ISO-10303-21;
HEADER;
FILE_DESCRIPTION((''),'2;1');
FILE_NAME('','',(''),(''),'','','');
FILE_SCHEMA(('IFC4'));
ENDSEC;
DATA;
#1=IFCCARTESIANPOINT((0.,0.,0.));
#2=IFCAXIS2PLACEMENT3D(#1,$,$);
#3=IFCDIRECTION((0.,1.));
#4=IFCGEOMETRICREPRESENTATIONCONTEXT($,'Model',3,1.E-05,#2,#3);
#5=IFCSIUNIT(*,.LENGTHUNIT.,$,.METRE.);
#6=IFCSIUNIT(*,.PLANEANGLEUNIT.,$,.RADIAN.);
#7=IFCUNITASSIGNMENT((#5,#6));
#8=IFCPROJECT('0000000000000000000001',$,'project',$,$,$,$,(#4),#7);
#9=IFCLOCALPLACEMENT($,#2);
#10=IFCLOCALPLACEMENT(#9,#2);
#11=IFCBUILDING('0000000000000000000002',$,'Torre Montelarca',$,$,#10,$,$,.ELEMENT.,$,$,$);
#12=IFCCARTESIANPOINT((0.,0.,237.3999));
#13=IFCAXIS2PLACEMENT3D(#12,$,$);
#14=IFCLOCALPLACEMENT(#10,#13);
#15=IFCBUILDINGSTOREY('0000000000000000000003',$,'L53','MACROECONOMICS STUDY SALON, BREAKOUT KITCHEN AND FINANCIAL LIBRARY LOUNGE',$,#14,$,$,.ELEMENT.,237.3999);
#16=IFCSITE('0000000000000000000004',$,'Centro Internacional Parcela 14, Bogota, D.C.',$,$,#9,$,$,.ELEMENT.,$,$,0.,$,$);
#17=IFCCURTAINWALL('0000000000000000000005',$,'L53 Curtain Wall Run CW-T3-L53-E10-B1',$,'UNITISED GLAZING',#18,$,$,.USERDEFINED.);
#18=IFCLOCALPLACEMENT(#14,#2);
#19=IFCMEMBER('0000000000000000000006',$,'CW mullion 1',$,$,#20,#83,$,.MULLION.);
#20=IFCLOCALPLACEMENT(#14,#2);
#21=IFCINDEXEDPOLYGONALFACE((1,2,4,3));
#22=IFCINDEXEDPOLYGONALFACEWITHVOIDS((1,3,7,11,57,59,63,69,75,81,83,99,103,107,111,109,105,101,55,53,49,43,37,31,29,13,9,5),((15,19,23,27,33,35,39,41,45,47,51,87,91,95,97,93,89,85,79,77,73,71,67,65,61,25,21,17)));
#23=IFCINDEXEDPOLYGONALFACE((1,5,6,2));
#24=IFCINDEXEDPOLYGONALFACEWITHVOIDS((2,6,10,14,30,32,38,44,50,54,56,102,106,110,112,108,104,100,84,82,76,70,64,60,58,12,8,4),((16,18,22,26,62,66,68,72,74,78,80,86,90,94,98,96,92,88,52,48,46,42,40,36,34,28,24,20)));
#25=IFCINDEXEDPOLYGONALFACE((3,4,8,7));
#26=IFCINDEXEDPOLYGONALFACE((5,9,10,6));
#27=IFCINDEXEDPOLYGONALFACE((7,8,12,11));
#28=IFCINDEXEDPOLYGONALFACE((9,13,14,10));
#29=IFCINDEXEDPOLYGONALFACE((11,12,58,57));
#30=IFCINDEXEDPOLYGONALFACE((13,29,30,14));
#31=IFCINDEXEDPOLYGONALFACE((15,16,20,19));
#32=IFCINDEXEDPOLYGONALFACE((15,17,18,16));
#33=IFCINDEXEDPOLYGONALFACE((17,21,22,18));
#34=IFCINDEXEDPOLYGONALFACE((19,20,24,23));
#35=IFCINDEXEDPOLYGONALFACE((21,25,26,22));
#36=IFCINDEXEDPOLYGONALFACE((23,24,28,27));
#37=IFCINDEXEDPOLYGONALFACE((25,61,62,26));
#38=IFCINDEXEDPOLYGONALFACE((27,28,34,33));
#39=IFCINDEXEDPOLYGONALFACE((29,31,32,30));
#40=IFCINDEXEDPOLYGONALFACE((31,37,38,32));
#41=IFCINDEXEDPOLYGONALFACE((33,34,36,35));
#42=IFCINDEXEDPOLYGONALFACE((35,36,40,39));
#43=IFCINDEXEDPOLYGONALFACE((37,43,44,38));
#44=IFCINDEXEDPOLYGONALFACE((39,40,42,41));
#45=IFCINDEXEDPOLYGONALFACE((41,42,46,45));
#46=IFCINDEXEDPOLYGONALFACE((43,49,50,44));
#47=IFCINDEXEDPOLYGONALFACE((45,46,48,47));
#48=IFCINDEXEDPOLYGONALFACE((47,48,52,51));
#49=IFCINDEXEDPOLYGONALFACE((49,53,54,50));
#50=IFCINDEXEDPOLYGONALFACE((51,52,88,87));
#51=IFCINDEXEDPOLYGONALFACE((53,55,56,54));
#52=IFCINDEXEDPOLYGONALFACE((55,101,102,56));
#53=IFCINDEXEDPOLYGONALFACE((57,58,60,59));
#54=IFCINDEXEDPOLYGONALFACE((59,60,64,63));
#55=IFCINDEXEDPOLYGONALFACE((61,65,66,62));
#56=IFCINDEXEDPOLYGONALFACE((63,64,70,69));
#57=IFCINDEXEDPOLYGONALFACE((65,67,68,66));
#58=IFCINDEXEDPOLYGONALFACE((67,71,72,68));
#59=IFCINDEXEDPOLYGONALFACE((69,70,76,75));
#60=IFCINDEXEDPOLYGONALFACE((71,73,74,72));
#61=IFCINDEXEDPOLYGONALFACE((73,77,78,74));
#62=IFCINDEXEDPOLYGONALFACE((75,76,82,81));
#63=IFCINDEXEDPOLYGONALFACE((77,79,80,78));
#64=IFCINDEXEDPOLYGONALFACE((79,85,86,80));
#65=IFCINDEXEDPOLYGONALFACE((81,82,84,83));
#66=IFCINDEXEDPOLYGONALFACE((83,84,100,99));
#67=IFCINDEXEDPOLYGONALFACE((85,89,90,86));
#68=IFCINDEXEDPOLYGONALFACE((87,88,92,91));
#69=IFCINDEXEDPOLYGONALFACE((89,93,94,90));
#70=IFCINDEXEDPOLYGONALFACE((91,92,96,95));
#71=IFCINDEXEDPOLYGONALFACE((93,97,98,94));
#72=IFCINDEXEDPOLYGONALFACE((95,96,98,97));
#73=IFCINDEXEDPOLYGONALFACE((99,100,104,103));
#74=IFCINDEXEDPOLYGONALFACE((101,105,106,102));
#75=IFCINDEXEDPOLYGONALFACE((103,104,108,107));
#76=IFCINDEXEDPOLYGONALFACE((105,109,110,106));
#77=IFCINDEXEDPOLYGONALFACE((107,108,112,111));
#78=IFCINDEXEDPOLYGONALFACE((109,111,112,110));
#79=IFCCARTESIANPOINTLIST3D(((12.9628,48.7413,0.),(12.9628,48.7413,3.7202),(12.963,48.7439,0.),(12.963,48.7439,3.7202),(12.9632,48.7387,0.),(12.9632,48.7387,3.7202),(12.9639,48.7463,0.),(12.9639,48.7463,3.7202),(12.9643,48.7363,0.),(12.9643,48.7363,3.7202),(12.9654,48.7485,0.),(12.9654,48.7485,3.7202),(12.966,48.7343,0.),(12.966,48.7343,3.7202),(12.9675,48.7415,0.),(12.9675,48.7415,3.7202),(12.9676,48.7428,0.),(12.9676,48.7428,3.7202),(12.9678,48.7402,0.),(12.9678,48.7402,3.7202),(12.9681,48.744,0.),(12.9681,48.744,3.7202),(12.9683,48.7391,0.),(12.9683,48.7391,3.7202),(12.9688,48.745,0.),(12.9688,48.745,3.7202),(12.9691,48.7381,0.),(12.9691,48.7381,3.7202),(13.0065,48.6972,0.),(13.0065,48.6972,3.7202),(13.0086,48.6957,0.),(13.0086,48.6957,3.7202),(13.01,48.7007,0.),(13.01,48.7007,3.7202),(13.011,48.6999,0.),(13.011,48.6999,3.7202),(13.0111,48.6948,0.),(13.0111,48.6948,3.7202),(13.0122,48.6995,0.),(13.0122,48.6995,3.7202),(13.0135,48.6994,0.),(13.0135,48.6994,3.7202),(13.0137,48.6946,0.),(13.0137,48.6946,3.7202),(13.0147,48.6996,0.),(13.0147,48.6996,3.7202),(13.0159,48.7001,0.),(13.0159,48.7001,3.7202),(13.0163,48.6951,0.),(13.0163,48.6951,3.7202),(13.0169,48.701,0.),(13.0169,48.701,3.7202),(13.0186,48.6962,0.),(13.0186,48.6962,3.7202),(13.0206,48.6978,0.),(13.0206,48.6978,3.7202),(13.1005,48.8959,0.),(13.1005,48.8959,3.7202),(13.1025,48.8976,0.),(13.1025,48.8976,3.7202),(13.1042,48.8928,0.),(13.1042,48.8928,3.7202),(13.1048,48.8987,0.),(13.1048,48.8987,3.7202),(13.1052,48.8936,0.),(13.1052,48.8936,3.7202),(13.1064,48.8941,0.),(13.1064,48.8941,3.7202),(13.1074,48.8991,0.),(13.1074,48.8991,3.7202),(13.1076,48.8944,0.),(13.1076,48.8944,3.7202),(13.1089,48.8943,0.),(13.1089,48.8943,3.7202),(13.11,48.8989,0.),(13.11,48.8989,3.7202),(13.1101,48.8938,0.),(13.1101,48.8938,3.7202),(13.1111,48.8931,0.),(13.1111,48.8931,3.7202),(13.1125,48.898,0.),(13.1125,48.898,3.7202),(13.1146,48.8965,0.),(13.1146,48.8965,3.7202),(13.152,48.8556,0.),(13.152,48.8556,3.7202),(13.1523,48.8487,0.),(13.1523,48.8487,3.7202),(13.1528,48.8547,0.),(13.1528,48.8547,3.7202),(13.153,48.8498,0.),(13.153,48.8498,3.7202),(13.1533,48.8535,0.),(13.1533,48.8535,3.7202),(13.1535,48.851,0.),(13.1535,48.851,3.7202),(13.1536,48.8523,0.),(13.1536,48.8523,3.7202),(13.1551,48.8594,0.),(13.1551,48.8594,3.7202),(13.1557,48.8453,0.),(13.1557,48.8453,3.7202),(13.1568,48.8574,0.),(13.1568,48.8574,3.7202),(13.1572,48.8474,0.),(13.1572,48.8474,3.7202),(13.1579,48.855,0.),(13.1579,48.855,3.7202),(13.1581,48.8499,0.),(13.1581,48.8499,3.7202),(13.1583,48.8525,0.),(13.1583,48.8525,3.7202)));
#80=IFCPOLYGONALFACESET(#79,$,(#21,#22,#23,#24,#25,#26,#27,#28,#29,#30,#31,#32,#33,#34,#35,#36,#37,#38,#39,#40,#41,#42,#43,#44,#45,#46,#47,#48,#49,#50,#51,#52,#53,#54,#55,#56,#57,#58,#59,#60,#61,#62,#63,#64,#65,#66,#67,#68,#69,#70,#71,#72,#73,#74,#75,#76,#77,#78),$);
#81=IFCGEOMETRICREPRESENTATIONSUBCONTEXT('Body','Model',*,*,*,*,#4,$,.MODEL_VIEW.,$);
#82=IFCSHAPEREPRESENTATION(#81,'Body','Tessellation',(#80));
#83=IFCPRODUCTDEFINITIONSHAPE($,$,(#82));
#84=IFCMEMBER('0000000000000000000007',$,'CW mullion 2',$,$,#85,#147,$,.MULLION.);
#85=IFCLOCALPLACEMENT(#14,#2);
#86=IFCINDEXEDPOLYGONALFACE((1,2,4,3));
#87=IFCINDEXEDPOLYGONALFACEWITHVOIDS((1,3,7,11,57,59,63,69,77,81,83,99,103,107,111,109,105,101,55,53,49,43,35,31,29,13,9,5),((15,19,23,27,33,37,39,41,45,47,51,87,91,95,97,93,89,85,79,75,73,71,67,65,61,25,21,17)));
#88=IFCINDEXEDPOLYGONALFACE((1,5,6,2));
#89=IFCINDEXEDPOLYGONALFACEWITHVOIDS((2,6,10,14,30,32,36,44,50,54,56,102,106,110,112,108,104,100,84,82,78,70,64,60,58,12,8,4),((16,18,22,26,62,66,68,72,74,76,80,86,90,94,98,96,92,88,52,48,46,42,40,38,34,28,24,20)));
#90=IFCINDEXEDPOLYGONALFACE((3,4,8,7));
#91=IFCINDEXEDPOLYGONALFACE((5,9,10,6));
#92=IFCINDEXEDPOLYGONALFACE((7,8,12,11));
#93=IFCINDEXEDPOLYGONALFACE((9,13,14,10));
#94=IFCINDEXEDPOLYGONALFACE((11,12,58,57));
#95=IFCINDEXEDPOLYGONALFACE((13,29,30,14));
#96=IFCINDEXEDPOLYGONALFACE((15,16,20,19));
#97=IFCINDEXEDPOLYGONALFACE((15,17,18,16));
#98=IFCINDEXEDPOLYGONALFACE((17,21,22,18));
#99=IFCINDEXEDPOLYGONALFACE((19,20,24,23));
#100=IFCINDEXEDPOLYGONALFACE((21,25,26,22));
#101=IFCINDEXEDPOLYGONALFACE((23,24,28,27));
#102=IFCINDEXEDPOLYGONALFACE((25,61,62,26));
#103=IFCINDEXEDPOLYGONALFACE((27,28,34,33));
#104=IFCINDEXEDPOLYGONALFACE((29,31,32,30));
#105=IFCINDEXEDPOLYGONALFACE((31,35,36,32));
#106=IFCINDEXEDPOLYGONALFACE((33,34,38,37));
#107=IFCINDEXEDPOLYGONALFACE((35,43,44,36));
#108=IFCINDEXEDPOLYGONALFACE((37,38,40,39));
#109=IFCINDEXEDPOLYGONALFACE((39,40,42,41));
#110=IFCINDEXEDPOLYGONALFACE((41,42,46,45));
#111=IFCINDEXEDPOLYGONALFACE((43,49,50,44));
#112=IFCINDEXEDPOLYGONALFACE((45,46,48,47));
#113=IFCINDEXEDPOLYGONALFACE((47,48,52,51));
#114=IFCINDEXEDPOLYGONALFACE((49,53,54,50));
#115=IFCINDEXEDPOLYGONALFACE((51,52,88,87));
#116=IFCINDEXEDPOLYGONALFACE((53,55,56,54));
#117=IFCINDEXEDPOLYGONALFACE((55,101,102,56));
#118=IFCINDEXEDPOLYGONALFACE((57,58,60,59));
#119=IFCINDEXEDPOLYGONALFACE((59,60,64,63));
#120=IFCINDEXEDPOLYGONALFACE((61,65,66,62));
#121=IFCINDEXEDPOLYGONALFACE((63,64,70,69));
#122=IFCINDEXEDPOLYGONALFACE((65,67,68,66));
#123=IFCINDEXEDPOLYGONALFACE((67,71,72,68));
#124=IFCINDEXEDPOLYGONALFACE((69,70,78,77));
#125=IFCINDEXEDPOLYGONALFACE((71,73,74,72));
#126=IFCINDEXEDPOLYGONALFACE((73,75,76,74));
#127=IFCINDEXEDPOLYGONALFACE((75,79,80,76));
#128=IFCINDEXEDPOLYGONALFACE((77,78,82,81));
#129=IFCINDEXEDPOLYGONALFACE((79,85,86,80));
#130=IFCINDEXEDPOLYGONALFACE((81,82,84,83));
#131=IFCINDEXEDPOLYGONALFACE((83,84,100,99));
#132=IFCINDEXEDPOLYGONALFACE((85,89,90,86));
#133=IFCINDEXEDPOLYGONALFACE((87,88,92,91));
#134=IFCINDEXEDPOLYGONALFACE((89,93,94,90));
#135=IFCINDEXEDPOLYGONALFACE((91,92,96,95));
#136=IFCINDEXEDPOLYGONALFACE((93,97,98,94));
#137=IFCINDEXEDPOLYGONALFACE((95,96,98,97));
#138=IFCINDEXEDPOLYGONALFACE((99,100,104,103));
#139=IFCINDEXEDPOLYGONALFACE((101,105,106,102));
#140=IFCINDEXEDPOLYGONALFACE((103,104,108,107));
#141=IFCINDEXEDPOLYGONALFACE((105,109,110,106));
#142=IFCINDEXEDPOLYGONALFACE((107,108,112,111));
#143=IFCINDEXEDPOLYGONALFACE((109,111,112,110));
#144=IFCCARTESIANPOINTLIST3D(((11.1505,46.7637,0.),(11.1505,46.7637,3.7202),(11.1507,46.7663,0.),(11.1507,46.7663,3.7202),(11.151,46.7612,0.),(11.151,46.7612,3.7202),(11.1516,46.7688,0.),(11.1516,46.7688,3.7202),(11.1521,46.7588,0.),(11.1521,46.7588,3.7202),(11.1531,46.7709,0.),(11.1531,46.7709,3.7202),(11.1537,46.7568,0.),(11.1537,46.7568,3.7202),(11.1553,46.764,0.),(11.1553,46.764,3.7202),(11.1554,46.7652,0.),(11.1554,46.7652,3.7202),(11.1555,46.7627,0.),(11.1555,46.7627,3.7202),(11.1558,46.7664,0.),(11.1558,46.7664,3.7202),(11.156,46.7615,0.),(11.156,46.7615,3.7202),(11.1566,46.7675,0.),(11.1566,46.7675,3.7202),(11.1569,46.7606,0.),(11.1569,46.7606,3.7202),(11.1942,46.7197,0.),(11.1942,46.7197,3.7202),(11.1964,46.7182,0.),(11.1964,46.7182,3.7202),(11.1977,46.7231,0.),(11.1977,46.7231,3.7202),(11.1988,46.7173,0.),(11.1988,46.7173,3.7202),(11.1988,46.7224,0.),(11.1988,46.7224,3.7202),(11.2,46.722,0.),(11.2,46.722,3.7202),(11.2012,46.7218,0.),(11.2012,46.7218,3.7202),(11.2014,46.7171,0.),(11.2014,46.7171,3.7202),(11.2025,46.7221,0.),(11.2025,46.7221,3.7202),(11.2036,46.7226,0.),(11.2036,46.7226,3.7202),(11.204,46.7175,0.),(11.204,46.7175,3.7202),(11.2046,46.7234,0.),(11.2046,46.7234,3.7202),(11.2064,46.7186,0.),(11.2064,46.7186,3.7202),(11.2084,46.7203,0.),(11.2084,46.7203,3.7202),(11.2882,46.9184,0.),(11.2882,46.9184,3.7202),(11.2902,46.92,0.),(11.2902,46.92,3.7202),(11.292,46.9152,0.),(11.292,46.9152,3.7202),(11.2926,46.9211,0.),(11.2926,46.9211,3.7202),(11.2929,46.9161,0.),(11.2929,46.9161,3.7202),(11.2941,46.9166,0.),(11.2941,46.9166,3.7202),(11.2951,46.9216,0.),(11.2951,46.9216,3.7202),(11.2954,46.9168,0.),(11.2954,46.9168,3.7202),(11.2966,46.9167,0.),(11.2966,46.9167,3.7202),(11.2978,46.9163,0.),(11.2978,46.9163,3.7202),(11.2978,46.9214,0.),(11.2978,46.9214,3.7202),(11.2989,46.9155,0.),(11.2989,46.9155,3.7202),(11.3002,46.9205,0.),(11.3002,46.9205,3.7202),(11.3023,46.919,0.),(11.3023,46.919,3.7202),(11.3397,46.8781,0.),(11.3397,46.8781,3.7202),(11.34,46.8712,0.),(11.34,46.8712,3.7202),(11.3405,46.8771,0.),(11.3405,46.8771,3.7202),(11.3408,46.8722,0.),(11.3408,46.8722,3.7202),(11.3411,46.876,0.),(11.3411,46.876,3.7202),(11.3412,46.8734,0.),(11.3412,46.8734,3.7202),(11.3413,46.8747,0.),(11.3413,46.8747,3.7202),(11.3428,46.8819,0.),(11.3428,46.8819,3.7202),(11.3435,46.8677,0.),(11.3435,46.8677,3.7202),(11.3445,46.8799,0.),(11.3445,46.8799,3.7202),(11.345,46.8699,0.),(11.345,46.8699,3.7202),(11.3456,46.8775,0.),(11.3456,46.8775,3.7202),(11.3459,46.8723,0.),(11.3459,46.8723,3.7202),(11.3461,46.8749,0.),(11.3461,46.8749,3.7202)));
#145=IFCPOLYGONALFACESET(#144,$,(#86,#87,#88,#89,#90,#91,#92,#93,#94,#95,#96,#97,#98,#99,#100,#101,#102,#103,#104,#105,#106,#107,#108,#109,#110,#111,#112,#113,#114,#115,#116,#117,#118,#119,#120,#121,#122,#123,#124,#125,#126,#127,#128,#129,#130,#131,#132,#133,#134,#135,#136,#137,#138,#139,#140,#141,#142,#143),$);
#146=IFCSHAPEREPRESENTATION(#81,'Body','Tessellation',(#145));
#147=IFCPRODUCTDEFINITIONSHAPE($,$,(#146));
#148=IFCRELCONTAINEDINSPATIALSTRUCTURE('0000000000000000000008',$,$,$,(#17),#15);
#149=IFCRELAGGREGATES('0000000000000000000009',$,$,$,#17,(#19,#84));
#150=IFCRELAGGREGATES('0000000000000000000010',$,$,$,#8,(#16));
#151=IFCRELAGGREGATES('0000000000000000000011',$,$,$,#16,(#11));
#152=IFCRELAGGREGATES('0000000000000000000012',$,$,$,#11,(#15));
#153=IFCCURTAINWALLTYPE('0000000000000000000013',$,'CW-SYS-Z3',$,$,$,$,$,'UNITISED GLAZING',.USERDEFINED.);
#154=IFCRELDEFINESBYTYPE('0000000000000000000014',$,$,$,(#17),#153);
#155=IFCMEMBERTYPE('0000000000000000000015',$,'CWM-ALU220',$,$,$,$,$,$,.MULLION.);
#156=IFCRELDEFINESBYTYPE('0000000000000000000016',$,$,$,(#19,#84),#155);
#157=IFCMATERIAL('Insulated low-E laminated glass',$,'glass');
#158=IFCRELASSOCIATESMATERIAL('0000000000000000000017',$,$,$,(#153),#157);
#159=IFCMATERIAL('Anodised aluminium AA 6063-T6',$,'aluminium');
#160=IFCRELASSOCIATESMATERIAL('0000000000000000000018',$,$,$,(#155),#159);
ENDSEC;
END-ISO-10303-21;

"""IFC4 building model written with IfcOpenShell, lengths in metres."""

from ifc_helpers import new_model, si_unit, direction, frame, origin, origin_2d, place, context, subcontext, project, spatial, hollow_rectangle, extrude, source, transform, mapped, material, material_profile, profile_set, type_object, element, aggregate, save


model = new_model("IFC4")

# Units and contexts
model_context = context("Model", 3, precision=1e-05, world=origin(), true_north=direction((0.0, 1.0)))
body_context = subcontext(model_context, "Body", "Model", "MODEL_VIEW")
ifc_project = project(units=[si_unit("LENGTHUNIT", "METRE"), si_unit("PLANEANGLEUNIT", "RADIAN")], contexts=[model_context])

# Site, building, storey
site_placement = place(None, origin())
site = spatial("IfcSite", under=ifc_project, at=site_placement, Name="Centro Internacional Parcela 14, Bogota, D.C.", CompositionType="ELEMENT", RefElevation=0.0)
building_placement = place(site_placement, origin())
building = spatial("IfcBuilding", under=site, at=building_placement, Name="Torre Montelarca", CompositionType="ELEMENT")
storey_placement = place(building_placement, frame((0.0, 0.0, 237.3999)))
storey = spatial("IfcBuildingStorey", under=building, at=storey_placement, Name="L53", Description="MACROECONOMICS STUDY SALON, BREAKOUT KITCHEN AND FINANCIAL LIBRARY LOUNGE", CompositionType="ELEMENT", Elevation=237.3999)

# Curtain wall
ifc_material_1 = material(Name="Insulated low-E laminated glass", Category="glass")
curtain_wall_type = type_object("IfcCurtainWallType", Name="CW-SYS-Z3", ElementType="UNITISED GLAZING", PredefinedType="USERDEFINED", material=ifc_material_1)
curtain_wall_1_placement = place(storey_placement, origin())
curtain_wall_1 = element("IfcCurtainWall", 1, at=curtain_wall_1_placement, inside=storey, type_object=curtain_wall_type, Name="L53 Curtain Wall Run CW-T3-L53-E10-B1", ObjectType="UNITISED GLAZING", PredefinedType="USERDEFINED")
ifc_material_2 = material(Name="Anodised aluminium AA 6063-T6", Category="aluminium")

# Members
ifc_material_profile_1 = material_profile(ifc_material_2, hollow_rectangle(XDim=0.075, YDim=0.22, WallThickness=0.0049, InnerFilletRadius=0.0049, OuterFilletRadius=0.01, at=origin_2d()), Name="ALU75X220X5", Category="aluminium")
ifc_profile_set_1 = profile_set([ifc_material_profile_1], Name="Anodised aluminium AA 6063-T6")
member_type_1 = type_object("IfcMemberType", Name="CWM-ALU220", PredefinedType="MULLION", material=ifc_profile_set_1)
shared_shape_1 = source(origin(), body_context, "Body", "SweptSolid", [
    extrude(hollow_rectangle(XDim=0.075, YDim=0.22, WallThickness=0.0049, InnerFilletRadius=0.0049, OuterFilletRadius=0.01, at=origin_2d()), origin(), (0.0, 0.0, 1.0), 3.7202),
])
member_1_placement = place(storey_placement, frame((13.0605, 48.7969, 0.0), z_axis=(0.0, 0.0, 1.0), x_axis=(0.737271, -0.675597, 0.0)))
member_1 = element("IfcMember", 2, at=member_1_placement, type_object=member_type_1, Name="CW mullion 1", PredefinedType="MULLION", context=body_context, shape_type="MappedRepresentation", body=[
    mapped(shared_shape_1, transform((0.0, 0.0, 0.0), scale=1.0)),
])
member_2_placement = place(storey_placement, frame((11.2483, 46.8193, 0.0), z_axis=(0.0, 0.0, 1.0), x_axis=(0.737271, -0.675597, 0.0)))
member_2 = element("IfcMember", 3, at=member_2_placement, type_object=member_type_1, Name="CW mullion 2", PredefinedType="MULLION", context=body_context, shape_type="MappedRepresentation", body=[
    mapped(shared_shape_1, transform((0.0, 0.0, 0.0), scale=1.0)),
])

aggregate(curtain_wall_1, [member_1, member_2])

save(model, "model.ifc")
